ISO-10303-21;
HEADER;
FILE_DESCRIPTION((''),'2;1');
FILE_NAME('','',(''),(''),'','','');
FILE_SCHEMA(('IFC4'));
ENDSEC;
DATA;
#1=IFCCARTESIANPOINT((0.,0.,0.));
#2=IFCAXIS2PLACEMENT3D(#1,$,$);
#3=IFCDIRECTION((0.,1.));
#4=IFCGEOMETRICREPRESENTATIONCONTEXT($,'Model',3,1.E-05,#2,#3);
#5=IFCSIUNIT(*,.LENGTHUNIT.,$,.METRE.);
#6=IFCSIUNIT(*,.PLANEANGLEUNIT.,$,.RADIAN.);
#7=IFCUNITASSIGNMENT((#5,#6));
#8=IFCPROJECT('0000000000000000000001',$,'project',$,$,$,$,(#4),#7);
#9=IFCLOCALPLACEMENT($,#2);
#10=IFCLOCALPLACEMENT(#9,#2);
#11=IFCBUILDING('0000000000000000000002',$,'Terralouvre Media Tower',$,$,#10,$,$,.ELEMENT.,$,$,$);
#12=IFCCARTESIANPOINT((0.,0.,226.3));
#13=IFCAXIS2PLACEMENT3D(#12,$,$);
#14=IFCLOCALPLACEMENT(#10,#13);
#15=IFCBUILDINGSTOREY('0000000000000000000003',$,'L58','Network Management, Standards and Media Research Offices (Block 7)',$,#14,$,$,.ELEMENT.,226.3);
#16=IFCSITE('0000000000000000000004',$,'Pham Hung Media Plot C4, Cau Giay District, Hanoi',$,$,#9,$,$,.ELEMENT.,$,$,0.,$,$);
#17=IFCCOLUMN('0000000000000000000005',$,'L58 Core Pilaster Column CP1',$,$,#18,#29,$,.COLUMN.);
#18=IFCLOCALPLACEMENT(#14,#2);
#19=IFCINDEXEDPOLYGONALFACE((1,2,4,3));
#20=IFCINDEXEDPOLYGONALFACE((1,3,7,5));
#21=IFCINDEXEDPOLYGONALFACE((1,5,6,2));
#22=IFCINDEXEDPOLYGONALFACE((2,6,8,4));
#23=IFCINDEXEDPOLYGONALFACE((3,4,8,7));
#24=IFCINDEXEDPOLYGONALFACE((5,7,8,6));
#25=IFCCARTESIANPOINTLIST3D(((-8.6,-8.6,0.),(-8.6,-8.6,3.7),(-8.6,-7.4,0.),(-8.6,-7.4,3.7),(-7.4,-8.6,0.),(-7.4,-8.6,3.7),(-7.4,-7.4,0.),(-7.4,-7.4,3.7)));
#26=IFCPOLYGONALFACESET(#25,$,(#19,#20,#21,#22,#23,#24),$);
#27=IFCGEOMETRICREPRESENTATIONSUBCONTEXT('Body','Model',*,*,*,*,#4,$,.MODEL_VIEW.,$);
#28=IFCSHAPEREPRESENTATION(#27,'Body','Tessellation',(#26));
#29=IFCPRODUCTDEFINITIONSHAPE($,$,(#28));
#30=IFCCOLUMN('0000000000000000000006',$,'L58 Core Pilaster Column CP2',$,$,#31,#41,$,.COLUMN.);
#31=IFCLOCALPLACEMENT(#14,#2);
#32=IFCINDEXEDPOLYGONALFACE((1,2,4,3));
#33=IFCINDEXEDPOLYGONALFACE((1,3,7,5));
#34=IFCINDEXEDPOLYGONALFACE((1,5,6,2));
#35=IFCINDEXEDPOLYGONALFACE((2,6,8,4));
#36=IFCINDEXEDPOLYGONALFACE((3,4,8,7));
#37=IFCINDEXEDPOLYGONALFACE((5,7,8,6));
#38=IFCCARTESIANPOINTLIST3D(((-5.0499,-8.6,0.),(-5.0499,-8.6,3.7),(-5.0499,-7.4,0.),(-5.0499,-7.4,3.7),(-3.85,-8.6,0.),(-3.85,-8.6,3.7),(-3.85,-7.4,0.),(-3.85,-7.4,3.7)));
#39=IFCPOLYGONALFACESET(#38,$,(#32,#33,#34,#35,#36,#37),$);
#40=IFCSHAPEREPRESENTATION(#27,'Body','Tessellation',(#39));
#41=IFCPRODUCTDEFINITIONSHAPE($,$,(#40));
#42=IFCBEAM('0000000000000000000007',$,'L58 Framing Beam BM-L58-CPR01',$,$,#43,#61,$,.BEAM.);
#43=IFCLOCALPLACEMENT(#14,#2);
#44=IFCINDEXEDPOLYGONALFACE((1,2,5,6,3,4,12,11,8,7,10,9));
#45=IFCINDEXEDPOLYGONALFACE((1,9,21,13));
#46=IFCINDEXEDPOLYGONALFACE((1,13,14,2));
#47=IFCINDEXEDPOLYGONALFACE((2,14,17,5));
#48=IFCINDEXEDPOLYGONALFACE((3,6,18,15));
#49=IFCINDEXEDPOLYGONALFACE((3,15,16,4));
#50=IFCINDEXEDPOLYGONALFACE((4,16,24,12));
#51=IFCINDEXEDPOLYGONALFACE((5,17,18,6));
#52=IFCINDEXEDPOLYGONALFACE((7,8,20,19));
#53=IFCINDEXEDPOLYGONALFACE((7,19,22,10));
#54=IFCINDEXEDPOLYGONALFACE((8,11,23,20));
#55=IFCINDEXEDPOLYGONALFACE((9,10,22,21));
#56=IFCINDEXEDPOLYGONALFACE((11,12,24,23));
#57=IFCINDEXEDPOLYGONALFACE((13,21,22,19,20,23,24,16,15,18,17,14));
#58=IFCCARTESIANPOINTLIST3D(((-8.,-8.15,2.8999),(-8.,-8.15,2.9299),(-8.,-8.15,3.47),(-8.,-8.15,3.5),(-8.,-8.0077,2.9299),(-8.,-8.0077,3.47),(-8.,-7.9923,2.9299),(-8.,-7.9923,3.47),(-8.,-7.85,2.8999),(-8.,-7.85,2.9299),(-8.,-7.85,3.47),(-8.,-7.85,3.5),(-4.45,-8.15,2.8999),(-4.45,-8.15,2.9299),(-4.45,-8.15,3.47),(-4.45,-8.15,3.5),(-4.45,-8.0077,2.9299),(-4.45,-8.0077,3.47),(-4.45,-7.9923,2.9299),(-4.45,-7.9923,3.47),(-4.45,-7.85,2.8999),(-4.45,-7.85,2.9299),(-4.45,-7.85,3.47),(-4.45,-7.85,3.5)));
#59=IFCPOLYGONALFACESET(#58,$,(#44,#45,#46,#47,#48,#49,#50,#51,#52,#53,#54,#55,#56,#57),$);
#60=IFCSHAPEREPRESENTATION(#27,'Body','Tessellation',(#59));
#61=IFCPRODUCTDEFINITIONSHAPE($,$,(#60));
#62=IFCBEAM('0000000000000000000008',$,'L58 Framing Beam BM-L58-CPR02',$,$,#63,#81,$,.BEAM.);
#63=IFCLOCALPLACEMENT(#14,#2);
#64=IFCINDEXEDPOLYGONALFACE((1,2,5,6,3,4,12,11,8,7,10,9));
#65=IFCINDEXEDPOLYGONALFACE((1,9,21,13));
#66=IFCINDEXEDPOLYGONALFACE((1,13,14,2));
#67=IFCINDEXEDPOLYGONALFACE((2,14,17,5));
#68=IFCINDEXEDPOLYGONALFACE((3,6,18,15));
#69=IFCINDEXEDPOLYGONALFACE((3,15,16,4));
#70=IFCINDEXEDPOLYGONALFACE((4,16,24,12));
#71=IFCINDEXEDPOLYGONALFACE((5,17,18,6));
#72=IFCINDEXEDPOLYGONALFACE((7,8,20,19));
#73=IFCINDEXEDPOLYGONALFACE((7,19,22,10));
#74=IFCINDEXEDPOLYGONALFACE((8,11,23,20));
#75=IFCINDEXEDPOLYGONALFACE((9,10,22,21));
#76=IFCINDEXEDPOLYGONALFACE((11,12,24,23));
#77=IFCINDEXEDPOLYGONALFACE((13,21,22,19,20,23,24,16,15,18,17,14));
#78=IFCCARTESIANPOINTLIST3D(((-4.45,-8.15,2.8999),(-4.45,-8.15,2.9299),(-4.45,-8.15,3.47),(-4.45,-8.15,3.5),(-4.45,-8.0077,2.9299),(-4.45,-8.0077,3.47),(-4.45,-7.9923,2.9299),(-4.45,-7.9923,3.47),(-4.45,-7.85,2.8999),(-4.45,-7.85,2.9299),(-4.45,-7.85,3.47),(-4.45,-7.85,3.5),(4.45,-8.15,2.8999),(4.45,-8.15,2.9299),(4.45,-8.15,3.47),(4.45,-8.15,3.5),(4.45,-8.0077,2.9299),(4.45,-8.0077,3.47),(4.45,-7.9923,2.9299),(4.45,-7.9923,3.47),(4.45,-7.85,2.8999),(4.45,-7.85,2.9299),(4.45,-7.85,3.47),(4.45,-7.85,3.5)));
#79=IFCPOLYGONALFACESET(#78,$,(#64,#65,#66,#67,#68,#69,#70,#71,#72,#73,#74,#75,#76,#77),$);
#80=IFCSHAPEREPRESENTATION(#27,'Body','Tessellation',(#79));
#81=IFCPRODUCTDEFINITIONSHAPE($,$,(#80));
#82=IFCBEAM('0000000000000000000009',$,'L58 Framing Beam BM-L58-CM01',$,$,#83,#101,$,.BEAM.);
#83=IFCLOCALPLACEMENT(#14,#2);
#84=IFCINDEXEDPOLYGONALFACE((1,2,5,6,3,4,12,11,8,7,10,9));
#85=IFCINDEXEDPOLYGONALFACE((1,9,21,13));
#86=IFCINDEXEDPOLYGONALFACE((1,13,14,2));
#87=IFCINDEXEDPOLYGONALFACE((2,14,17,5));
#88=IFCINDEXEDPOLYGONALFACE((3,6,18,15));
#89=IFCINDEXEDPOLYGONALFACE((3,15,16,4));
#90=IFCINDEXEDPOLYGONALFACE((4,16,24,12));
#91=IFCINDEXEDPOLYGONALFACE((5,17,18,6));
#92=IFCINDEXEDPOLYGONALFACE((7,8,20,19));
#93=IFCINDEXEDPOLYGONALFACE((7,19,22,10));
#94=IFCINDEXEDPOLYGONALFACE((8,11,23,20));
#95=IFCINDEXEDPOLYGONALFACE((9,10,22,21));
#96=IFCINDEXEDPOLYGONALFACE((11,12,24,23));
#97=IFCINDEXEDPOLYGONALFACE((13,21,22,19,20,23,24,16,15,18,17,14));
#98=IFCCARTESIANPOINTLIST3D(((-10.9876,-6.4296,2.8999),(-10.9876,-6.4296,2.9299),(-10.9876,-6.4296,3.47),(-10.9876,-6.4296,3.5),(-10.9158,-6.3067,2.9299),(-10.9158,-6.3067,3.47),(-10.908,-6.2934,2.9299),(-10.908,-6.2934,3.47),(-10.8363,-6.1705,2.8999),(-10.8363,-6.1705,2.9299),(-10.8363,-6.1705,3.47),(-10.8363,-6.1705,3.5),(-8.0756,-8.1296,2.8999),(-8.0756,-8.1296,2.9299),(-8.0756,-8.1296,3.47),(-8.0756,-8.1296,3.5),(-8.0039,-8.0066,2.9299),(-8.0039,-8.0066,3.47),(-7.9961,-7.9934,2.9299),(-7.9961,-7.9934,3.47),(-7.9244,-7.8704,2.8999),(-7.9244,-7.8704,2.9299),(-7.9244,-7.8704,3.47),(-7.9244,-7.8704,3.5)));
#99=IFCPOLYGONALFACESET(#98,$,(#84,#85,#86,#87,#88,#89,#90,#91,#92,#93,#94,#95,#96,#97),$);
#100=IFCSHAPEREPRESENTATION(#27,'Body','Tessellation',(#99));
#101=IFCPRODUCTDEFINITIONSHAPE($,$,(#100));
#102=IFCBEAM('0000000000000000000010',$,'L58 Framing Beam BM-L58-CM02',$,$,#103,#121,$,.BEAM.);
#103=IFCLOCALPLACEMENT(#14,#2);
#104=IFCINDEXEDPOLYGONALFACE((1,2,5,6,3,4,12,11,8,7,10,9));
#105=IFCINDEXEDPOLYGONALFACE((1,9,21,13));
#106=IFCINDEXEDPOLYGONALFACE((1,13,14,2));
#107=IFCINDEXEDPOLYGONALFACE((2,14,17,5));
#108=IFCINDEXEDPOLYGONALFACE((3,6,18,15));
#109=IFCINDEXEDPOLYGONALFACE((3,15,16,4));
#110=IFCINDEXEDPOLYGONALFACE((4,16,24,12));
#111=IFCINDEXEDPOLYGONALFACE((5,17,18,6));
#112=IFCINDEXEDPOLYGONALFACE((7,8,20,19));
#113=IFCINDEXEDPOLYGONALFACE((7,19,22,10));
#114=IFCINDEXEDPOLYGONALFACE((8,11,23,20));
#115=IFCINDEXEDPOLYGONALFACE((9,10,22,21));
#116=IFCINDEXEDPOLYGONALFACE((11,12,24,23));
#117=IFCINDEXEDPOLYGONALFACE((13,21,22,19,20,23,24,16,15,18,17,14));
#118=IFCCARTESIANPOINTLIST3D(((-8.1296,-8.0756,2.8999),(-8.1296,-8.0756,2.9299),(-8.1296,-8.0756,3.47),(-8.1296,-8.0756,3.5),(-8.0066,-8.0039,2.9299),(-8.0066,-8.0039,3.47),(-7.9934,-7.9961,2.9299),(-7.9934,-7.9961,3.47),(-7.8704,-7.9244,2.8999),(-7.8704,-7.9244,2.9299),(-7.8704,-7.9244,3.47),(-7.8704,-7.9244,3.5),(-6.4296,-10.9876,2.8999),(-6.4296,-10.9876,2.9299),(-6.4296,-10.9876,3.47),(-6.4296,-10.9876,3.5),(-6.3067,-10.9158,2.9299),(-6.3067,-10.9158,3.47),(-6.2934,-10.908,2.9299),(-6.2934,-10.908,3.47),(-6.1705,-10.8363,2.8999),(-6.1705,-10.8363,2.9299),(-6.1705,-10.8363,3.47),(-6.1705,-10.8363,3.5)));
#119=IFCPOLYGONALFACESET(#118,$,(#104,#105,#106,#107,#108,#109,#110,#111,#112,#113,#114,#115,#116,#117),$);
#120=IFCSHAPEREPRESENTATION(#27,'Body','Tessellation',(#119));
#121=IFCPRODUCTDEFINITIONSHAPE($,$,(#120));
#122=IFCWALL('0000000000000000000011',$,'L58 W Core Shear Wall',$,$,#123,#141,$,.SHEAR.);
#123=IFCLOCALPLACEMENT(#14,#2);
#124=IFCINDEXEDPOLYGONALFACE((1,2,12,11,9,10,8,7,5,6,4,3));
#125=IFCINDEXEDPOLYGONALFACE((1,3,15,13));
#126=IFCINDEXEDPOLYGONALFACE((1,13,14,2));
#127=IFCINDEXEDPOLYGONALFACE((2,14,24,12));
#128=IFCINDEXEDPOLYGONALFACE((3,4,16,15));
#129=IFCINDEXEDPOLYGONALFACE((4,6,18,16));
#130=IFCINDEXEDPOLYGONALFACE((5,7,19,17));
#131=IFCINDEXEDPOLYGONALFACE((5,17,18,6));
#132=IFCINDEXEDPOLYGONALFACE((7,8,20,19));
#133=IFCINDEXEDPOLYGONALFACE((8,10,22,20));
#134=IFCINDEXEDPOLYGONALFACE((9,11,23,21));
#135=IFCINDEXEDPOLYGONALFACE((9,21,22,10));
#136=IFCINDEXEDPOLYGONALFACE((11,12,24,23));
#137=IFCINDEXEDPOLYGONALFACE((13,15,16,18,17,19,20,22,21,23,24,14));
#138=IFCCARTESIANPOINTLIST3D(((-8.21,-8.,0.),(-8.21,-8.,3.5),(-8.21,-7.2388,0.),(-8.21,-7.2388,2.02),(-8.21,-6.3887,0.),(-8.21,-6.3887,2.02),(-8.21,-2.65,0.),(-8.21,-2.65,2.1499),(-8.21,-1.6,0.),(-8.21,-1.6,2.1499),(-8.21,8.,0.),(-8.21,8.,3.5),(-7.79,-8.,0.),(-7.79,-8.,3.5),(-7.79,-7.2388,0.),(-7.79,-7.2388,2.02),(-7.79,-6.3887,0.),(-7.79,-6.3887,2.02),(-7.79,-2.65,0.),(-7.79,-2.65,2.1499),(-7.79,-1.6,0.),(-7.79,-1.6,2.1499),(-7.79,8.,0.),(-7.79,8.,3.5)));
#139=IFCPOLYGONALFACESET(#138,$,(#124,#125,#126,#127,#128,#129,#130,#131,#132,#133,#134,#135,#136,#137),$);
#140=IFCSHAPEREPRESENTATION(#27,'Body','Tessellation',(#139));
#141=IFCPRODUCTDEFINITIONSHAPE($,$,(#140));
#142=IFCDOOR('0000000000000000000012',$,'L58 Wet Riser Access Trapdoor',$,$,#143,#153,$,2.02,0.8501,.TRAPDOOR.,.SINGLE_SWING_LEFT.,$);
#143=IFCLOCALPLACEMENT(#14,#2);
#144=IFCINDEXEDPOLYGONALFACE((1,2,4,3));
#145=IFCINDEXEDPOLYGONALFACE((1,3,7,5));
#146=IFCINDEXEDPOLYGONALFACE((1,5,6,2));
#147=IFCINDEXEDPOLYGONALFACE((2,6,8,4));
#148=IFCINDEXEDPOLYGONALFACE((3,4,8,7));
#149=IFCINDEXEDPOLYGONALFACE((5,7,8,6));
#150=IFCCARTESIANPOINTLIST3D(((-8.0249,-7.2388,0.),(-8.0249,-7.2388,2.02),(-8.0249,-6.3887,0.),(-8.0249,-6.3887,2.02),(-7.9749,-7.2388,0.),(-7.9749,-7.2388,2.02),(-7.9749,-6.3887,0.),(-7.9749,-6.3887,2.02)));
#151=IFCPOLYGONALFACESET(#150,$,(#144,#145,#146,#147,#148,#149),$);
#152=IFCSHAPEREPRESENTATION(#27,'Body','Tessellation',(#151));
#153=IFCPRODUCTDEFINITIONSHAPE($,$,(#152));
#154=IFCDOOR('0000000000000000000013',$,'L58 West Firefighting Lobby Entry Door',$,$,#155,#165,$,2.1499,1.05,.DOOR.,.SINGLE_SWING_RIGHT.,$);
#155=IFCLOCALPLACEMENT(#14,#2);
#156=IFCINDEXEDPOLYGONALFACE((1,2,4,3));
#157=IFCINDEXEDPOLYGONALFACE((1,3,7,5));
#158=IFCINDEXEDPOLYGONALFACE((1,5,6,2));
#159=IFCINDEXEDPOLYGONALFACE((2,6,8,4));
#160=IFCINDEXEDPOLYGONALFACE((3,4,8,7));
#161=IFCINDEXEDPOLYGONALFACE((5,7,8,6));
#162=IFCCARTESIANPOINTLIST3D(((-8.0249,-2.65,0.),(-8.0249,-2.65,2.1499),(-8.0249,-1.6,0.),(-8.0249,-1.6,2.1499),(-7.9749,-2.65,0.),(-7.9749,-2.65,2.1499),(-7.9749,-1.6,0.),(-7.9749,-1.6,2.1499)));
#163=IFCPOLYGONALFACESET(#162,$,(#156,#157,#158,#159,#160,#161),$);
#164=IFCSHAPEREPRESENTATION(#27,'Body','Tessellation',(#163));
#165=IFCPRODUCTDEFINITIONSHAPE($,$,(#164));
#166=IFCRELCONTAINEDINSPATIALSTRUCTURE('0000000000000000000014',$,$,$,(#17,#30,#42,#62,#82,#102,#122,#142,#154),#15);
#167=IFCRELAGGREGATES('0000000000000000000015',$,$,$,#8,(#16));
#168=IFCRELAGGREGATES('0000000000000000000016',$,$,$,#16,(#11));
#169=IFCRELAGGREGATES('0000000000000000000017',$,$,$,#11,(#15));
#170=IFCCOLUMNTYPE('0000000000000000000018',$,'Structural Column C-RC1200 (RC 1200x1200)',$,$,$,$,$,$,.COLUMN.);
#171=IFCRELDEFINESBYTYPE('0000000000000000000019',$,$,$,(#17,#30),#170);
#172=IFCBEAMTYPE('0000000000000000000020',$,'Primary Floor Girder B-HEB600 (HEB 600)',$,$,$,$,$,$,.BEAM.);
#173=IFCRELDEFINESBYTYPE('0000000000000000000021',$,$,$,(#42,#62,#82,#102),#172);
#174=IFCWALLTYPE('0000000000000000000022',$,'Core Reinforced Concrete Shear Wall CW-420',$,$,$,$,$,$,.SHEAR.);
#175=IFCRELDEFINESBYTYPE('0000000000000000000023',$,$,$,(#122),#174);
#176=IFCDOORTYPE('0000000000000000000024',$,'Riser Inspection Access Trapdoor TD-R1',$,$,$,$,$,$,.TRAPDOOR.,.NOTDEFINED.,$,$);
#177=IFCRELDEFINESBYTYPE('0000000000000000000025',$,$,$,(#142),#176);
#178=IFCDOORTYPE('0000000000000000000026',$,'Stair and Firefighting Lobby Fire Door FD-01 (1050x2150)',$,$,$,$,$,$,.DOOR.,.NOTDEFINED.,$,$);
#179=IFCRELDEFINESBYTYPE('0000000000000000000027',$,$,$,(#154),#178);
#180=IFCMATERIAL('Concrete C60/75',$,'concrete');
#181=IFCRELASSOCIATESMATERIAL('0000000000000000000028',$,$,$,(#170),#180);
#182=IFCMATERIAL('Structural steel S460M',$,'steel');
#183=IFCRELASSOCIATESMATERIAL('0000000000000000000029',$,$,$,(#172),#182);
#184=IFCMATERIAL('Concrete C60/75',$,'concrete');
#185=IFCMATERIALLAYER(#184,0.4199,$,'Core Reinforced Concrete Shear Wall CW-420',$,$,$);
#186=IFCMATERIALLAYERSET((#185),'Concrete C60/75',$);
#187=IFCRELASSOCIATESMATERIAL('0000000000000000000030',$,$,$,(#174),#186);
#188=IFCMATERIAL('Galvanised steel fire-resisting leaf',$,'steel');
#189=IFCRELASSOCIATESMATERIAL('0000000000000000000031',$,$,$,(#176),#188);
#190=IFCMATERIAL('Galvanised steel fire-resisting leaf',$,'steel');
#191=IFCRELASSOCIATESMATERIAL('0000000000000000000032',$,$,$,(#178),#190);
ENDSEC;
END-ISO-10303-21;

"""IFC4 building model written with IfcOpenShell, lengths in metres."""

from ifc_helpers import new_model, si_unit, direction, frame, frame_2d, origin, origin_2d, place, context, subcontext, project, spatial, rectangle, i_section, extrude, material, layer, layer_set, material_profile, profile_set, type_object, element, fill, save


model = new_model("IFC4")

# Units and contexts
model_context = context("Model", 3, precision=1e-05, world=origin(), true_north=direction((0.0, 1.0)))
body_context = subcontext(model_context, "Body", "Model", "MODEL_VIEW")
ifc_project = project(units=[si_unit("LENGTHUNIT", "METRE"), si_unit("PLANEANGLEUNIT", "RADIAN")], contexts=[model_context])

# Site, building, storey
site_placement = place(None, origin())
site = spatial("IfcSite", under=ifc_project, at=site_placement, Name="Pham Hung Media Plot C4, Cau Giay District, Hanoi", CompositionType="ELEMENT", RefElevation=0.0)
building_placement = place(site_placement, origin())
building = spatial("IfcBuilding", under=site, at=building_placement, Name="Terralouvre Media Tower", CompositionType="ELEMENT")
storey_placement = place(building_placement, frame((0.0, 0.0, 226.3)))
storey = spatial("IfcBuildingStorey", under=building, at=storey_placement, Name="L58", Description="Network Management, Standards and Media Research Offices (Block 7)", CompositionType="ELEMENT", Elevation=226.3)

# Columns
ifc_material_1 = material(Name="Concrete C60/75", Category="concrete")
ifc_material_profile_1 = material_profile(ifc_material_1, rectangle(XDim=1.2, YDim=1.2, at=origin_2d()), Name="RC 1200x1200")
ifc_profile_set_1 = profile_set([ifc_material_profile_1], Name="Concrete C60/75")
column_type = type_object("IfcColumnType", Name="Structural Column C-RC1200 (RC 1200x1200)", PredefinedType="COLUMN", material=ifc_profile_set_1)
for number, where, z_axis, x_axis, name in (
    (1, (-8.0, -8.0, 0.0), (0.0, 0.0, 1.0), (1.0, 0.0, 0.0), "L58 Core Pilaster Column CP1"),
    (2, (-4.45, -8.0, 0.0), (0.0, 0.0, 1.0), (1.0, 0.0, 0.0), "L58 Core Pilaster Column CP2"),
):
    element("IfcColumn", number, at=place(storey_placement, frame(where, z_axis=z_axis, x_axis=x_axis)), inside=storey, type_object=column_type, Name=name, PredefinedType="COLUMN", context=body_context, shape_type="SweptSolid", body=[
        extrude(rectangle(XDim=1.2, YDim=1.2, at=origin_2d()), origin(), (0.0, 0.0, 1.0), 3.7),
    ])

# Beams
ifc_material_2 = material(Name="Structural steel S460M", Category="steel")
ifc_material_profile_2 = material_profile(ifc_material_2, i_section(OverallWidth=0.3, OverallDepth=0.6001, WebThickness=0.0154, FlangeThickness=0.03, at=origin_2d()), Name="HEB 600")
ifc_profile_set_2 = profile_set([ifc_material_profile_2], Name="Structural steel S460M")
beam_type = type_object("IfcBeamType", Name="Primary Floor Girder B-HEB600 (HEB 600)", PredefinedType="BEAM", material=ifc_profile_set_2)
beam_1_placement = place(storey_placement, frame((-8.0, -8.0, 3.2), z_axis=(1.0, 0.0, 0.0), x_axis=(0.0, 1.0, 0.0)))
element("IfcBeam", 3, at=beam_1_placement, inside=storey, type_object=beam_type, Name="L58 Framing Beam BM-L58-CPR01", PredefinedType="BEAM", context=body_context, shape_type="SweptSolid", body=[
    extrude(i_section(OverallWidth=0.3, OverallDepth=0.6001, WebThickness=0.0154, FlangeThickness=0.03, at=origin_2d()), origin(), (0.0, 0.0, 1.0), 3.55),
])
beam_2_placement = place(storey_placement, frame((-4.45, -8.0, 3.2), z_axis=(1.0, 0.0, 0.0), x_axis=(0.0, 1.0, 0.0)))
element("IfcBeam", 4, at=beam_2_placement, inside=storey, type_object=beam_type, Name="L58 Framing Beam BM-L58-CPR02", PredefinedType="BEAM", context=body_context, shape_type="SweptSolid", body=[
    extrude(i_section(OverallWidth=0.3, OverallDepth=0.6001, WebThickness=0.0154, FlangeThickness=0.03, at=origin_2d()), origin(), (0.0, 0.0, 1.0), 8.8999),
])
for number, where, z_axis, x_axis, name in (
    (5, (-8.0, -8.0, 3.2), (-0.863603, 0.504173, 0.0), (-0.504173, -0.863603, 0.0), "L58 Framing Beam BM-L58-CM01"),
    (6, (-8.0, -8.0, 3.2), (0.504173, -0.863603, 0.0), (0.863603, 0.504173, 0.0), "L58 Framing Beam BM-L58-CM02"),
):
    element("IfcBeam", number, at=place(storey_placement, frame(where, z_axis=z_axis, x_axis=x_axis)), inside=storey, type_object=beam_type, Name=name, PredefinedType="BEAM", context=body_context, shape_type="SweptSolid", body=[
        extrude(i_section(OverallWidth=0.3, OverallDepth=0.6001, WebThickness=0.0154, FlangeThickness=0.03, at=origin_2d()), origin(), (0.0, 0.0, 1.0), 3.3718),
    ])

# Wall, openings, doors
ifc_material_3 = material(Name="Concrete C60/75", Category="concrete")
ifc_layer_1 = layer(ifc_material_3, 0.4199, Name="Core Reinforced Concrete Shear Wall CW-420")
ifc_layer_set_1 = layer_set([ifc_layer_1], Name="Concrete C60/75")
wall_type_1 = type_object("IfcWallType", Name="Core Reinforced Concrete Shear Wall CW-420", PredefinedType="SHEAR", material=ifc_layer_set_1)
wall_1_placement = place(storey_placement, frame((-8.0, -8.0, 0.0), z_axis=(0.0, 0.0, 1.0), x_axis=(0.0, 1.0, 0.0)))
wall_1 = element("IfcWall", 7, at=wall_1_placement, inside=storey, type_object=wall_type_1, Name="L58 W Core Shear Wall", PredefinedType="SHEAR", context=body_context, shape_type="SweptSolid", body=[
    extrude(rectangle(XDim=16.0, YDim=0.4199, at=frame_2d((8.0, 0.0))), origin(), (0.0, 0.0, 1.0), 3.5),
])
opening_1_placement = place(wall_1_placement, frame((0.7612, 0.0, 0.0)))
opening_1 = element("IfcOpeningElement", 8, at=opening_1_placement, cuts=wall_1, PredefinedType="OPENING", context=body_context, shape_type="SweptSolid", body=[
    extrude(rectangle(XDim=0.8501, YDim=2.02, at=frame_2d((0.425, 1.01))), frame((0.0, 0.22, 0.0), z_axis=(0.0, -1.0, 0.0), x_axis=(1.0, 0.0, 0.0)), (0.0, 0.0, 1.0), 0.4399),
])
opening_2_placement = place(wall_1_placement, frame((5.3501, 0.0, 0.0)))
opening_2 = element("IfcOpeningElement", 9, at=opening_2_placement, cuts=wall_1, PredefinedType="OPENING", context=body_context, shape_type="SweptSolid", body=[
    extrude(rectangle(XDim=1.05, YDim=2.1499, at=frame_2d((0.5249, 1.075))), frame((0.0, 0.22, 0.0), z_axis=(0.0, -1.0, 0.0), x_axis=(1.0, 0.0, 0.0)), (0.0, 0.0, 1.0), 0.4399),
])
ifc_material_4 = material(Name="Galvanised steel fire-resisting leaf", Category="steel")
door_type_1 = type_object("IfcDoorType", Name="Riser Inspection Access Trapdoor TD-R1", OperationType="NOTDEFINED", PredefinedType="TRAPDOOR", material=ifc_material_4)
door_1_placement = place(opening_1_placement, origin())
door_1 = element("IfcDoor", 10, at=door_1_placement, inside=storey, type_object=door_type_1, Name="L58 Wet Riser Access Trapdoor", OperationType="SINGLE_SWING_LEFT", OverallHeight=2.02, OverallWidth=0.8501, PredefinedType="TRAPDOOR", context=body_context, shape_type="SweptSolid", body=[
    extrude(rectangle(XDim=0.8501, YDim=2.02, at=frame_2d((0.425, 1.01))), frame((0.0, 0.0249, 0.0), z_axis=(0.0, -1.0, 0.0), x_axis=(1.0, 0.0, 0.0)), (0.0, 0.0, 1.0), 0.05),
])
fill(opening_1, door_1)
ifc_material_5 = material(Name="Galvanised steel fire-resisting leaf", Category="steel")
door_type_2 = type_object("IfcDoorType", Name="Stair and Firefighting Lobby Fire Door FD-01 (1050x2150)", OperationType="NOTDEFINED", PredefinedType="DOOR", material=ifc_material_5)
door_2_placement = place(opening_2_placement, origin())
door_2 = element("IfcDoor", 11, at=door_2_placement, inside=storey, type_object=door_type_2, Name="L58 West Firefighting Lobby Entry Door", OperationType="SINGLE_SWING_RIGHT", OverallHeight=2.1499, OverallWidth=1.05, PredefinedType="DOOR", context=body_context, shape_type="SweptSolid", body=[
    extrude(rectangle(XDim=1.05, YDim=2.1499, at=frame_2d((0.5249, 1.075))), frame((0.0, 0.0249, 0.0), z_axis=(0.0, -1.0, 0.0), x_axis=(1.0, 0.0, 0.0)), (0.0, 0.0, 1.0), 0.05),
])
fill(opening_2, door_2)

save(model, "model.ifc")
